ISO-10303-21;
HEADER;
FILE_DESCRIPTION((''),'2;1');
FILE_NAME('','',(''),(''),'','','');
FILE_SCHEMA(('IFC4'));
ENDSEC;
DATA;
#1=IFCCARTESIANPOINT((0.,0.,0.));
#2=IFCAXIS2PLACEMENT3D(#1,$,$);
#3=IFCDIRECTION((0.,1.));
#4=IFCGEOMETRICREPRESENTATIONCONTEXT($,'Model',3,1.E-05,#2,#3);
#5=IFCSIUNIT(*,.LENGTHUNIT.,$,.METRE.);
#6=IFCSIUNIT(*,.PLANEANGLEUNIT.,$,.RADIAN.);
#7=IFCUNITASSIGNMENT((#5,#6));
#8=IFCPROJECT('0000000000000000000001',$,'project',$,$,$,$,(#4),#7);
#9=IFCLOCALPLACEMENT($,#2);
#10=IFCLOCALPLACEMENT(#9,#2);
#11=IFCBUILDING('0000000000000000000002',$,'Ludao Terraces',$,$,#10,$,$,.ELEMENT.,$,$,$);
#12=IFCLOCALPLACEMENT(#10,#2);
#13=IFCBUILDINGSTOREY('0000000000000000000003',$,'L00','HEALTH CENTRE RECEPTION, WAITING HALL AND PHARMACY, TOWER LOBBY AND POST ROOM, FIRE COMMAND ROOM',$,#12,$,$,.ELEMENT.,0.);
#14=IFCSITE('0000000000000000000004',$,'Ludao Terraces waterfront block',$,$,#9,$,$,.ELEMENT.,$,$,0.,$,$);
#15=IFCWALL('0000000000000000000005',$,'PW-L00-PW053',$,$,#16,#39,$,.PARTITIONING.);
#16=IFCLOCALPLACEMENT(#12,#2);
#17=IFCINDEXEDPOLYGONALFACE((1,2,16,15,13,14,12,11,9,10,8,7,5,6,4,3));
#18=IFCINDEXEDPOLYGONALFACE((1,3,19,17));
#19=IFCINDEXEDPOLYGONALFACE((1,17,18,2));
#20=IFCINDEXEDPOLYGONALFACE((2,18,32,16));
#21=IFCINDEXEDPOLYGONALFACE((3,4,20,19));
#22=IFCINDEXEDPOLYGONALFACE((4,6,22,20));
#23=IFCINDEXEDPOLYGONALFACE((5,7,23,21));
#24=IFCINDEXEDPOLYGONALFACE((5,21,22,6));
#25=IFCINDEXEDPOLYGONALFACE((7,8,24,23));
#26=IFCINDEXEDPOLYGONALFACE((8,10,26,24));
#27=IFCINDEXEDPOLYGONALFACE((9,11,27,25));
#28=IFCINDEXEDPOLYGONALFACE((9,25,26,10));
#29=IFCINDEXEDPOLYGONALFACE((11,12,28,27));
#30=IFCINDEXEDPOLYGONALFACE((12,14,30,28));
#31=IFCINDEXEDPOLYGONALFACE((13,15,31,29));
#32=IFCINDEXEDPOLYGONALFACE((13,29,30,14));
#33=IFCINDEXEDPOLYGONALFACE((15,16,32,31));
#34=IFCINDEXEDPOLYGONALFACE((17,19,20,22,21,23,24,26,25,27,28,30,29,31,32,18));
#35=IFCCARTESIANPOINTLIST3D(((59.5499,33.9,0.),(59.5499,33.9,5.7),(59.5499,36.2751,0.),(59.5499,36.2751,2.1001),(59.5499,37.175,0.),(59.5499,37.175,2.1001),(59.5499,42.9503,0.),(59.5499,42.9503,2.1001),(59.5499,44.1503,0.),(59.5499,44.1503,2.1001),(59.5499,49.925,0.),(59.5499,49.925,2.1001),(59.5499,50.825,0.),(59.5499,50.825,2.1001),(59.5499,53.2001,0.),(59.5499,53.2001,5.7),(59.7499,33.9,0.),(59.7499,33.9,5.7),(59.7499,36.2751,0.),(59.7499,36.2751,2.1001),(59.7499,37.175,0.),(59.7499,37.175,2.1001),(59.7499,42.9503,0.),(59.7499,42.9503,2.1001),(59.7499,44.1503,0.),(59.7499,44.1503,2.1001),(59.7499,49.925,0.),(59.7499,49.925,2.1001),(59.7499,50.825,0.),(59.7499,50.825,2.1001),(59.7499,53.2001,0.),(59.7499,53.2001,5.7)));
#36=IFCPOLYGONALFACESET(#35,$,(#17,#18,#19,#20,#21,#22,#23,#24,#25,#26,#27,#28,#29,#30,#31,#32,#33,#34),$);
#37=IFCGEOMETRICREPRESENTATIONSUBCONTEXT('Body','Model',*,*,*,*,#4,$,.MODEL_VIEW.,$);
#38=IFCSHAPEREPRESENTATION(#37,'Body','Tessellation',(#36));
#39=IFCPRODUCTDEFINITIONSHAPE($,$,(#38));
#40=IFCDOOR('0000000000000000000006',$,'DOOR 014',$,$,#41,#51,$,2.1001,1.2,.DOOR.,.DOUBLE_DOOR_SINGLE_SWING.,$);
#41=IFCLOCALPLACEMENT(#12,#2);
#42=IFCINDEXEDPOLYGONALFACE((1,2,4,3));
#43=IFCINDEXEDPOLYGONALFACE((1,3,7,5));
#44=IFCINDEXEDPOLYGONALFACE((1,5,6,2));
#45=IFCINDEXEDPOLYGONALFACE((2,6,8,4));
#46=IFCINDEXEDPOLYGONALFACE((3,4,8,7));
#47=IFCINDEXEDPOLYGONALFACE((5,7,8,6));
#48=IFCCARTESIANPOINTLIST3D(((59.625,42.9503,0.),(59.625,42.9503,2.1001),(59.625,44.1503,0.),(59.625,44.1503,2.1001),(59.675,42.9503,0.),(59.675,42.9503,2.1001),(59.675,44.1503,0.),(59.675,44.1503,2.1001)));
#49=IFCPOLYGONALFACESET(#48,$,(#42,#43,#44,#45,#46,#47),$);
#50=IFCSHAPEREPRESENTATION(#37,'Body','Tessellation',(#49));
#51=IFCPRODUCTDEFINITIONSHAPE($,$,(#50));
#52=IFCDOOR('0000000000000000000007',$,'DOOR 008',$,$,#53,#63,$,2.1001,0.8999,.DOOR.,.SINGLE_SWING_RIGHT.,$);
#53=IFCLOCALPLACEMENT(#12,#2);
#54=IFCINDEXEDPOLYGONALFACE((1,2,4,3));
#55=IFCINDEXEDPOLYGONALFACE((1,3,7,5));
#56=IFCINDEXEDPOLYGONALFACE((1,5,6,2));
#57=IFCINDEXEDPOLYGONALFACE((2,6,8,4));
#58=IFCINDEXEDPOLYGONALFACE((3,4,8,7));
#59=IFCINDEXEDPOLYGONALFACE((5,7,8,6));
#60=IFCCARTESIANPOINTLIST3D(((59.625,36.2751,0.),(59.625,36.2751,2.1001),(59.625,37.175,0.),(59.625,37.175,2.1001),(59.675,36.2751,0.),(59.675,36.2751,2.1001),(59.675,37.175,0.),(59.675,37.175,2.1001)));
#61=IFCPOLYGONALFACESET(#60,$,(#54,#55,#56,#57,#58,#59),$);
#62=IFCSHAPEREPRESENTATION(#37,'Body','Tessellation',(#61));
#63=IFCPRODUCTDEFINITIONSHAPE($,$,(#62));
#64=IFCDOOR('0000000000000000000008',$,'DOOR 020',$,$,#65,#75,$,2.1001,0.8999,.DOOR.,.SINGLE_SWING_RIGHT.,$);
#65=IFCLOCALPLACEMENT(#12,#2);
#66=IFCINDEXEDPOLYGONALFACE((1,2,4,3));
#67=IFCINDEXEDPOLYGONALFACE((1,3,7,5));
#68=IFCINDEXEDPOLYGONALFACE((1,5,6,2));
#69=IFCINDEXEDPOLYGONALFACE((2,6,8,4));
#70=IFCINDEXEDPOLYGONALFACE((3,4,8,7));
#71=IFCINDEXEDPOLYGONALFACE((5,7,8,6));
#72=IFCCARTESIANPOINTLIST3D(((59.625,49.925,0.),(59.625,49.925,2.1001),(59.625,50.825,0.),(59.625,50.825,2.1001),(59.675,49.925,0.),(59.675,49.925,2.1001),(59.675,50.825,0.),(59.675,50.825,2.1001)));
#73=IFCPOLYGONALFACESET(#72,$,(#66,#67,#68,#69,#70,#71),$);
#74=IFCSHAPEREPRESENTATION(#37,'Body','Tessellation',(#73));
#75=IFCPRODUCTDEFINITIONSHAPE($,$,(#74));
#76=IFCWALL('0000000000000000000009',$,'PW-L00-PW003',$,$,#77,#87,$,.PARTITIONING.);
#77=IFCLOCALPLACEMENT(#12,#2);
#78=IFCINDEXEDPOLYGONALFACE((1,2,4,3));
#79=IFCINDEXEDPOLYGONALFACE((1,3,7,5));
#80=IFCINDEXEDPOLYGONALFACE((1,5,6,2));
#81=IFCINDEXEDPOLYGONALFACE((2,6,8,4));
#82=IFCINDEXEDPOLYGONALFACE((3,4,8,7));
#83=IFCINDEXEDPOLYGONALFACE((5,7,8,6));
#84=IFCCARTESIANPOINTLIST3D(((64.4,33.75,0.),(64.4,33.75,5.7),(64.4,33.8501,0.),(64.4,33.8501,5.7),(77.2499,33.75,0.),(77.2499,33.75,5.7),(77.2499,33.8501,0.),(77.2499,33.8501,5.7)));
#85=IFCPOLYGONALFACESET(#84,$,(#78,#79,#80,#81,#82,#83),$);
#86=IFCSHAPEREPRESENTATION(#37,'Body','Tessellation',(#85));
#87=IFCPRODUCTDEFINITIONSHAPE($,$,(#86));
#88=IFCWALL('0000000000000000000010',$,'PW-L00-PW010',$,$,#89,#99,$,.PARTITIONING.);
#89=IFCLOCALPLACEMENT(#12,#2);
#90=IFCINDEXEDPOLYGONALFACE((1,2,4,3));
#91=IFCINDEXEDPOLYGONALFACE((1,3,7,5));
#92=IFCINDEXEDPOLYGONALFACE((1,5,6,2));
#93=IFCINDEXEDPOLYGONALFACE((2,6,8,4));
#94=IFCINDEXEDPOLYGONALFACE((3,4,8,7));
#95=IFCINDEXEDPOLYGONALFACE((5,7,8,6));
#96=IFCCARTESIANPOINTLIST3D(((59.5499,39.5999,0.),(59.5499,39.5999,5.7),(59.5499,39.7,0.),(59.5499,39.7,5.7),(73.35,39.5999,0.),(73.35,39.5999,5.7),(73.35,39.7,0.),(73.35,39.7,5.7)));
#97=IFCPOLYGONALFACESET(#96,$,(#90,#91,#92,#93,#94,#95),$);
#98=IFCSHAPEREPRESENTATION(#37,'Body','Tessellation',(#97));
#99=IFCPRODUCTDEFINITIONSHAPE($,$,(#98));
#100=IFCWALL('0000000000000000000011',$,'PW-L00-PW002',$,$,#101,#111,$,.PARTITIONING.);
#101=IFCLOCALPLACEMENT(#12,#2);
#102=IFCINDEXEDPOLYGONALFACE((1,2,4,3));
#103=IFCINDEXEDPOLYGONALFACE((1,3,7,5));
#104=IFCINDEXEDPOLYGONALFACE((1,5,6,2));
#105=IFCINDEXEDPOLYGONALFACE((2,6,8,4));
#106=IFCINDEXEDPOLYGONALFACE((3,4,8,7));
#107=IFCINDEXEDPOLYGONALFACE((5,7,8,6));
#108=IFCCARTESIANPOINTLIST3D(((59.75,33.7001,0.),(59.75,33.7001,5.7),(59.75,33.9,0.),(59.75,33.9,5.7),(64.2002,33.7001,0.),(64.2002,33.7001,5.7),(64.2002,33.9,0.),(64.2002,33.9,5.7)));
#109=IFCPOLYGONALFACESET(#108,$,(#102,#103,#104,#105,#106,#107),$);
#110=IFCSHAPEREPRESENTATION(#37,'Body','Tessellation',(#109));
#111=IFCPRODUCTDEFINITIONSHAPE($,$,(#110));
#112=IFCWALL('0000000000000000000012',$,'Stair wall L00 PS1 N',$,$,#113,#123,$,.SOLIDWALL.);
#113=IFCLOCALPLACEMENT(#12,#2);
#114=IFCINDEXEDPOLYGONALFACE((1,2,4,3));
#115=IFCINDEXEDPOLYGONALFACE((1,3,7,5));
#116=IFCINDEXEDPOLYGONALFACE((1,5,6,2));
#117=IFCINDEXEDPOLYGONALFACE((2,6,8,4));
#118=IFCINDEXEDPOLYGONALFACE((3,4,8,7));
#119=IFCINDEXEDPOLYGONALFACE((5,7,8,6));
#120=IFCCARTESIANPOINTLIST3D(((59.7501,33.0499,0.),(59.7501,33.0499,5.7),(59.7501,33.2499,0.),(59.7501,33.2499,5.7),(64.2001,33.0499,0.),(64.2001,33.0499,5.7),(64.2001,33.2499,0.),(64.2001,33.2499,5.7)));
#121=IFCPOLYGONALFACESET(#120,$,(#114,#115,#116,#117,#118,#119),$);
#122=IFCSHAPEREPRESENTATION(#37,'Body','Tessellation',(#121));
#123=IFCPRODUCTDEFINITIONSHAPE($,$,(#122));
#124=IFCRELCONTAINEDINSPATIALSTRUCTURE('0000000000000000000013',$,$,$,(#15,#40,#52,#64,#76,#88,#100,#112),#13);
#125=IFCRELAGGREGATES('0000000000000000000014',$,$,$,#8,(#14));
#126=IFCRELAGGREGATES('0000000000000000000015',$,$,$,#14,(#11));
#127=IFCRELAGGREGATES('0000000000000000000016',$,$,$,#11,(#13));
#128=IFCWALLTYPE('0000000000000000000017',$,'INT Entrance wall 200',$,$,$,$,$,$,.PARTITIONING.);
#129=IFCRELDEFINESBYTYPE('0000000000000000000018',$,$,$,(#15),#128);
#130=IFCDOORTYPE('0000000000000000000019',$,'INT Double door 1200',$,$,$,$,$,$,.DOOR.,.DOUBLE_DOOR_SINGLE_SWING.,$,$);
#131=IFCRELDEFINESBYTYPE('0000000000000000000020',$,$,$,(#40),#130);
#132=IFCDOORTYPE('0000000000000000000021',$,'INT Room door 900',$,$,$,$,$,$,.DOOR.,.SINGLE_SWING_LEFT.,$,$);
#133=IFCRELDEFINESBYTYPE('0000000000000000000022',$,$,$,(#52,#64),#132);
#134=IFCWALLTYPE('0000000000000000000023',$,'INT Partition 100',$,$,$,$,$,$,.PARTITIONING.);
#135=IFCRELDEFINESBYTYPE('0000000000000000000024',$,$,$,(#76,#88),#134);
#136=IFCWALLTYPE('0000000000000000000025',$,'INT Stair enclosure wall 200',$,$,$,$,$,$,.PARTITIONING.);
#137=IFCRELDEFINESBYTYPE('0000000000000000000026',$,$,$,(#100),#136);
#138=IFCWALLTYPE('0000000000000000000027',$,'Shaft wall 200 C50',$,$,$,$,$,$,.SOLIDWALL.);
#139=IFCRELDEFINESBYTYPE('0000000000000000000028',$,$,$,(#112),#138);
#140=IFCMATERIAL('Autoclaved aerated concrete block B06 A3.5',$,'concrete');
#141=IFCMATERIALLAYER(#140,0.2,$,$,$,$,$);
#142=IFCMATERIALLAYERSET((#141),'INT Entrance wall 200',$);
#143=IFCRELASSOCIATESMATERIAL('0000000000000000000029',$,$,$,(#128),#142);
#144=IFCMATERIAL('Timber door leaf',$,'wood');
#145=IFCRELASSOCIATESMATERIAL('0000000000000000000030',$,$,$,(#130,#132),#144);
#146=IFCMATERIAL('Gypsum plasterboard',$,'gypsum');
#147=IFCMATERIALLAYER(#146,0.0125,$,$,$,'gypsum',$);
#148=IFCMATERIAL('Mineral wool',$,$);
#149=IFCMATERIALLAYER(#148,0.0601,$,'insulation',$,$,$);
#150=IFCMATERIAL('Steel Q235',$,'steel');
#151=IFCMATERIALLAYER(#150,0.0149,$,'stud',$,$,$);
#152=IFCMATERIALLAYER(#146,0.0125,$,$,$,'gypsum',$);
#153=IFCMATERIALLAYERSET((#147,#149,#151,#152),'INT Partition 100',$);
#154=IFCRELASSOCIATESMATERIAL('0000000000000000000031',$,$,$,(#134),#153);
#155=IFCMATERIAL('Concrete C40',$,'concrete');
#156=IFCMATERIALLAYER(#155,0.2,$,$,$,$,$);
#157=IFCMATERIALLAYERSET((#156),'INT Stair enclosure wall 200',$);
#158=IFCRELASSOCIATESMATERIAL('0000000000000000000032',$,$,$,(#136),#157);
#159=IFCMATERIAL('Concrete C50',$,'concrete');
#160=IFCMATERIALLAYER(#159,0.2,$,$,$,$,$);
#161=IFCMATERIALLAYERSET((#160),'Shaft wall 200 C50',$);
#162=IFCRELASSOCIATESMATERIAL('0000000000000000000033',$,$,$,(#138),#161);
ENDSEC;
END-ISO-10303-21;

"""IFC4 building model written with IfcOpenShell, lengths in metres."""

from ifc_helpers import new_model, si_unit, direction, frame, frame_2d, origin, place, context, subcontext, project, spatial, rectangle, extrude, material, layer, layer_set, type_object, element, fill, save


model = new_model("IFC4")

# Units and contexts
model_context = context("Model", 3, precision=1e-05, world=origin(), true_north=direction((0.0, 1.0)))
body_context = subcontext(model_context, "Body", "Model", "MODEL_VIEW")
ifc_project = project(units=[si_unit("LENGTHUNIT", "METRE"), si_unit("PLANEANGLEUNIT", "RADIAN")], contexts=[model_context])

# Site, building, storey
site_placement = place(None, origin())
site = spatial("IfcSite", under=ifc_project, at=site_placement, Name="Ludao Terraces waterfront block", CompositionType="ELEMENT", RefElevation=0.0)
building_placement = place(site_placement, origin())
building = spatial("IfcBuilding", under=site, at=building_placement, Name="Ludao Terraces", CompositionType="ELEMENT")
storey_placement = place(building_placement, origin())
storey = spatial("IfcBuildingStorey", under=building, at=storey_placement, Name="L00", Description="HEALTH CENTRE RECEPTION, WAITING HALL AND PHARMACY, TOWER LOBBY AND POST ROOM, FIRE COMMAND ROOM", CompositionType="ELEMENT", Elevation=0.0)

# Wall, openings, doors
ifc_material_1 = material(Name="Autoclaved aerated concrete block B06 A3.5", Category="concrete")
ifc_layer_1 = layer(ifc_material_1, 0.2)
ifc_layer_set_1 = layer_set([ifc_layer_1], Name="INT Entrance wall 200")
wall_type_1 = type_object("IfcWallType", Name="INT Entrance wall 200", PredefinedType="PARTITIONING", material=ifc_layer_set_1)
ifc_material_2 = material(Name="Timber door leaf", Category="wood")
door_type_1 = type_object("IfcDoorType", Name="INT Double door 1200", OperationType="DOUBLE_DOOR_SINGLE_SWING", PredefinedType="DOOR", material=ifc_material_2)
door_type_2 = type_object("IfcDoorType", Name="INT Room door 900", OperationType="SINGLE_SWING_LEFT", PredefinedType="DOOR", material=ifc_material_2)
wall_1_placement = place(storey_placement, frame((59.6499, 33.9001, 0.0), z_axis=(0.0, 0.0, 1.0), x_axis=(0.0, 1.0, 0.0)))
wall_1 = element("IfcWall", 1, at=wall_1_placement, inside=storey, type_object=wall_type_1, Name="PW-L00-PW053", PredefinedType="PARTITIONING", context=body_context, shape_type="SweptSolid", body=[
    extrude(rectangle(XDim=19.3, YDim=0.2, at=frame_2d((9.6499, 0.0))), origin(), (0.0, 0.0, 1.0), 5.7),
])
opening_1_placement = place(wall_1_placement, frame((2.375, 0.0, 0.0)))
opening_1 = element("IfcOpeningElement", 2, at=opening_1_placement, cuts=wall_1, PredefinedType="OPENING", context=body_context, shape_type="SweptSolid", body=[
    extrude(rectangle(XDim=0.8999, YDim=2.1001, at=frame_2d((0.45, 1.05))), frame((0.0, 0.1099, 0.0), z_axis=(0.0, -1.0, 0.0), x_axis=(1.0, 0.0, 0.0)), (0.0, 0.0, 1.0), 0.22),
])
opening_2_placement = place(wall_1_placement, frame((9.05, 0.0, 0.0)))
opening_2 = element("IfcOpeningElement", 3, at=opening_2_placement, cuts=wall_1, PredefinedType="OPENING", context=body_context, shape_type="SweptSolid", body=[
    extrude(rectangle(XDim=1.2, YDim=2.1001, at=frame_2d((0.6001, 1.05))), frame((0.0, 0.1099, 0.0), z_axis=(0.0, -1.0, 0.0), x_axis=(1.0, 0.0, 0.0)), (0.0, 0.0, 1.0), 0.22),
])
opening_3_placement = place(wall_1_placement, frame((16.0249, 0.0, 0.0)))
opening_3 = element("IfcOpeningElement", 4, at=opening_3_placement, cuts=wall_1, PredefinedType="OPENING", context=body_context, shape_type="SweptSolid", body=[
    extrude(rectangle(XDim=0.8999, YDim=2.1001, at=frame_2d((0.45, 1.05))), frame((0.0, 0.1099, 0.0), z_axis=(0.0, -1.0, 0.0), x_axis=(1.0, 0.0, 0.0)), (0.0, 0.0, 1.0), 0.22),
])
door_1_placement = place(opening_2_placement, origin())
door_1 = element("IfcDoor", 5, at=door_1_placement, inside=storey, type_object=door_type_1, Name="DOOR 014", OperationType="DOUBLE_DOOR_SINGLE_SWING", OverallHeight=2.1001, OverallWidth=1.2, PredefinedType="DOOR", context=body_context, shape_type="SweptSolid", body=[
    extrude(rectangle(XDim=1.2, YDim=2.1001, at=frame_2d((0.6001, 1.05))), frame((0.0, 0.0249, 0.0), z_axis=(0.0, -1.0, 0.0), x_axis=(1.0, 0.0, 0.0)), (0.0, 0.0, 1.0), 0.05),
])
fill(opening_2, door_1)
door_2_placement = place(opening_1_placement, origin())
door_2 = element("IfcDoor", 6, at=door_2_placement, inside=storey, type_object=door_type_2, Name="DOOR 008", OperationType="SINGLE_SWING_RIGHT", OverallHeight=2.1001, OverallWidth=0.8999, PredefinedType="DOOR", context=body_context, shape_type="SweptSolid", body=[
    extrude(rectangle(XDim=0.8999, YDim=2.1001, at=frame_2d((0.45, 1.05))), frame((0.0, 0.0249, 0.0), z_axis=(0.0, -1.0, 0.0), x_axis=(1.0, 0.0, 0.0)), (0.0, 0.0, 1.0), 0.05),
])
fill(opening_1, door_2)
door_3_placement = place(opening_3_placement, origin())
door_3 = element("IfcDoor", 7, at=door_3_placement, inside=storey, type_object=door_type_2, Name="DOOR 020", OperationType="SINGLE_SWING_RIGHT", OverallHeight=2.1001, OverallWidth=0.8999, PredefinedType="DOOR", context=body_context, shape_type="SweptSolid", body=[
    extrude(rectangle(XDim=0.8999, YDim=2.1001, at=frame_2d((0.45, 1.05))), frame((0.0, 0.0249, 0.0), z_axis=(0.0, -1.0, 0.0), x_axis=(1.0, 0.0, 0.0)), (0.0, 0.0, 1.0), 0.05),
])
fill(opening_3, door_3)

# Walls
ifc_material_3 = material(Name="Gypsum plasterboard", Category="gypsum")
ifc_layer_2 = layer(ifc_material_3, 0.0125, Category="gypsum")
ifc_material_4 = material(Name="Mineral wool")
ifc_layer_3 = layer(ifc_material_4, 0.0601, Name="insulation")
ifc_material_5 = material(Name="Steel Q235", Category="steel")
ifc_layer_4 = layer(ifc_material_5, 0.0149, Name="stud")
ifc_layer_5 = layer(ifc_material_3, 0.0125, Category="gypsum")
ifc_layer_set_2 = layer_set([ifc_layer_2, ifc_layer_3, ifc_layer_4, ifc_layer_5], Name="INT Partition 100")
wall_type_2 = type_object("IfcWallType", Name="INT Partition 100", PredefinedType="PARTITIONING", material=ifc_layer_set_2)
wall_2_placement = place(storey_placement, frame((64.4001, 33.8, 0.0), z_axis=(0.0, 0.0, 1.0), x_axis=(1.0, 0.0, 0.0)))
element("IfcWall", 8, at=wall_2_placement, inside=storey, type_object=wall_type_2, Name="PW-L00-PW003", PredefinedType="PARTITIONING", context=body_context, shape_type="SweptSolid", body=[
    extrude(rectangle(XDim=12.8499, YDim=0.1001, at=frame_2d((6.4248, 0.0))), origin(), (0.0, 0.0, 1.0), 5.7),
])
wall_3_placement = place(storey_placement, frame((59.55, 39.6499, 0.0), z_axis=(0.0, 0.0, 1.0), x_axis=(1.0, 0.0, 0.0)))
element("IfcWall", 9, at=wall_3_placement, inside=storey, type_object=wall_type_2, Name="PW-L00-PW010", PredefinedType="PARTITIONING", context=body_context, shape_type="SweptSolid", body=[
    extrude(rectangle(XDim=13.8, YDim=0.1001, at=frame_2d((6.8999, 0.0))), origin(), (0.0, 0.0, 1.0), 5.7),
])
ifc_material_6 = material(Name="Concrete C40", Category="concrete")
ifc_layer_6 = layer(ifc_material_6, 0.2)
ifc_layer_set_3 = layer_set([ifc_layer_6], Name="INT Stair enclosure wall 200")
wall_type_3 = type_object("IfcWallType", Name="INT Stair enclosure wall 200", PredefinedType="PARTITIONING", material=ifc_layer_set_3)
wall_4_placement = place(storey_placement, frame((59.75, 33.8, 0.0), z_axis=(0.0, 0.0, 1.0), x_axis=(1.0, 0.0, 0.0)))
element("IfcWall", 10, at=wall_4_placement, inside=storey, type_object=wall_type_3, Name="PW-L00-PW002", PredefinedType="PARTITIONING", context=body_context, shape_type="SweptSolid", body=[
    extrude(rectangle(XDim=4.4502, YDim=0.2, at=frame_2d((2.2251, 0.0))), origin(), (0.0, 0.0, 1.0), 5.7),
])
ifc_material_7 = material(Name="Concrete C50", Category="concrete")
ifc_layer_7 = layer(ifc_material_7, 0.2)
ifc_layer_set_4 = layer_set([ifc_layer_7], Name="Shaft wall 200 C50")
wall_type_4 = type_object("IfcWallType", Name="Shaft wall 200 C50", PredefinedType="SOLIDWALL", material=ifc_layer_set_4)
wall_5_placement = place(storey_placement, frame((59.75, 33.1499, 0.0), z_axis=(0.0, 0.0, 1.0), x_axis=(1.0, 0.0, 0.0)))
element("IfcWall", 11, at=wall_5_placement, inside=storey, type_object=wall_type_4, Name="Stair wall L00 PS1 N", PredefinedType="SOLIDWALL", context=body_context, shape_type="SweptSolid", body=[
    extrude(rectangle(XDim=4.45, YDim=0.2, at=frame_2d((2.2251, 0.0))), origin(), (0.0, 0.0, 1.0), 5.7),
])

save(model, "model.ifc")
